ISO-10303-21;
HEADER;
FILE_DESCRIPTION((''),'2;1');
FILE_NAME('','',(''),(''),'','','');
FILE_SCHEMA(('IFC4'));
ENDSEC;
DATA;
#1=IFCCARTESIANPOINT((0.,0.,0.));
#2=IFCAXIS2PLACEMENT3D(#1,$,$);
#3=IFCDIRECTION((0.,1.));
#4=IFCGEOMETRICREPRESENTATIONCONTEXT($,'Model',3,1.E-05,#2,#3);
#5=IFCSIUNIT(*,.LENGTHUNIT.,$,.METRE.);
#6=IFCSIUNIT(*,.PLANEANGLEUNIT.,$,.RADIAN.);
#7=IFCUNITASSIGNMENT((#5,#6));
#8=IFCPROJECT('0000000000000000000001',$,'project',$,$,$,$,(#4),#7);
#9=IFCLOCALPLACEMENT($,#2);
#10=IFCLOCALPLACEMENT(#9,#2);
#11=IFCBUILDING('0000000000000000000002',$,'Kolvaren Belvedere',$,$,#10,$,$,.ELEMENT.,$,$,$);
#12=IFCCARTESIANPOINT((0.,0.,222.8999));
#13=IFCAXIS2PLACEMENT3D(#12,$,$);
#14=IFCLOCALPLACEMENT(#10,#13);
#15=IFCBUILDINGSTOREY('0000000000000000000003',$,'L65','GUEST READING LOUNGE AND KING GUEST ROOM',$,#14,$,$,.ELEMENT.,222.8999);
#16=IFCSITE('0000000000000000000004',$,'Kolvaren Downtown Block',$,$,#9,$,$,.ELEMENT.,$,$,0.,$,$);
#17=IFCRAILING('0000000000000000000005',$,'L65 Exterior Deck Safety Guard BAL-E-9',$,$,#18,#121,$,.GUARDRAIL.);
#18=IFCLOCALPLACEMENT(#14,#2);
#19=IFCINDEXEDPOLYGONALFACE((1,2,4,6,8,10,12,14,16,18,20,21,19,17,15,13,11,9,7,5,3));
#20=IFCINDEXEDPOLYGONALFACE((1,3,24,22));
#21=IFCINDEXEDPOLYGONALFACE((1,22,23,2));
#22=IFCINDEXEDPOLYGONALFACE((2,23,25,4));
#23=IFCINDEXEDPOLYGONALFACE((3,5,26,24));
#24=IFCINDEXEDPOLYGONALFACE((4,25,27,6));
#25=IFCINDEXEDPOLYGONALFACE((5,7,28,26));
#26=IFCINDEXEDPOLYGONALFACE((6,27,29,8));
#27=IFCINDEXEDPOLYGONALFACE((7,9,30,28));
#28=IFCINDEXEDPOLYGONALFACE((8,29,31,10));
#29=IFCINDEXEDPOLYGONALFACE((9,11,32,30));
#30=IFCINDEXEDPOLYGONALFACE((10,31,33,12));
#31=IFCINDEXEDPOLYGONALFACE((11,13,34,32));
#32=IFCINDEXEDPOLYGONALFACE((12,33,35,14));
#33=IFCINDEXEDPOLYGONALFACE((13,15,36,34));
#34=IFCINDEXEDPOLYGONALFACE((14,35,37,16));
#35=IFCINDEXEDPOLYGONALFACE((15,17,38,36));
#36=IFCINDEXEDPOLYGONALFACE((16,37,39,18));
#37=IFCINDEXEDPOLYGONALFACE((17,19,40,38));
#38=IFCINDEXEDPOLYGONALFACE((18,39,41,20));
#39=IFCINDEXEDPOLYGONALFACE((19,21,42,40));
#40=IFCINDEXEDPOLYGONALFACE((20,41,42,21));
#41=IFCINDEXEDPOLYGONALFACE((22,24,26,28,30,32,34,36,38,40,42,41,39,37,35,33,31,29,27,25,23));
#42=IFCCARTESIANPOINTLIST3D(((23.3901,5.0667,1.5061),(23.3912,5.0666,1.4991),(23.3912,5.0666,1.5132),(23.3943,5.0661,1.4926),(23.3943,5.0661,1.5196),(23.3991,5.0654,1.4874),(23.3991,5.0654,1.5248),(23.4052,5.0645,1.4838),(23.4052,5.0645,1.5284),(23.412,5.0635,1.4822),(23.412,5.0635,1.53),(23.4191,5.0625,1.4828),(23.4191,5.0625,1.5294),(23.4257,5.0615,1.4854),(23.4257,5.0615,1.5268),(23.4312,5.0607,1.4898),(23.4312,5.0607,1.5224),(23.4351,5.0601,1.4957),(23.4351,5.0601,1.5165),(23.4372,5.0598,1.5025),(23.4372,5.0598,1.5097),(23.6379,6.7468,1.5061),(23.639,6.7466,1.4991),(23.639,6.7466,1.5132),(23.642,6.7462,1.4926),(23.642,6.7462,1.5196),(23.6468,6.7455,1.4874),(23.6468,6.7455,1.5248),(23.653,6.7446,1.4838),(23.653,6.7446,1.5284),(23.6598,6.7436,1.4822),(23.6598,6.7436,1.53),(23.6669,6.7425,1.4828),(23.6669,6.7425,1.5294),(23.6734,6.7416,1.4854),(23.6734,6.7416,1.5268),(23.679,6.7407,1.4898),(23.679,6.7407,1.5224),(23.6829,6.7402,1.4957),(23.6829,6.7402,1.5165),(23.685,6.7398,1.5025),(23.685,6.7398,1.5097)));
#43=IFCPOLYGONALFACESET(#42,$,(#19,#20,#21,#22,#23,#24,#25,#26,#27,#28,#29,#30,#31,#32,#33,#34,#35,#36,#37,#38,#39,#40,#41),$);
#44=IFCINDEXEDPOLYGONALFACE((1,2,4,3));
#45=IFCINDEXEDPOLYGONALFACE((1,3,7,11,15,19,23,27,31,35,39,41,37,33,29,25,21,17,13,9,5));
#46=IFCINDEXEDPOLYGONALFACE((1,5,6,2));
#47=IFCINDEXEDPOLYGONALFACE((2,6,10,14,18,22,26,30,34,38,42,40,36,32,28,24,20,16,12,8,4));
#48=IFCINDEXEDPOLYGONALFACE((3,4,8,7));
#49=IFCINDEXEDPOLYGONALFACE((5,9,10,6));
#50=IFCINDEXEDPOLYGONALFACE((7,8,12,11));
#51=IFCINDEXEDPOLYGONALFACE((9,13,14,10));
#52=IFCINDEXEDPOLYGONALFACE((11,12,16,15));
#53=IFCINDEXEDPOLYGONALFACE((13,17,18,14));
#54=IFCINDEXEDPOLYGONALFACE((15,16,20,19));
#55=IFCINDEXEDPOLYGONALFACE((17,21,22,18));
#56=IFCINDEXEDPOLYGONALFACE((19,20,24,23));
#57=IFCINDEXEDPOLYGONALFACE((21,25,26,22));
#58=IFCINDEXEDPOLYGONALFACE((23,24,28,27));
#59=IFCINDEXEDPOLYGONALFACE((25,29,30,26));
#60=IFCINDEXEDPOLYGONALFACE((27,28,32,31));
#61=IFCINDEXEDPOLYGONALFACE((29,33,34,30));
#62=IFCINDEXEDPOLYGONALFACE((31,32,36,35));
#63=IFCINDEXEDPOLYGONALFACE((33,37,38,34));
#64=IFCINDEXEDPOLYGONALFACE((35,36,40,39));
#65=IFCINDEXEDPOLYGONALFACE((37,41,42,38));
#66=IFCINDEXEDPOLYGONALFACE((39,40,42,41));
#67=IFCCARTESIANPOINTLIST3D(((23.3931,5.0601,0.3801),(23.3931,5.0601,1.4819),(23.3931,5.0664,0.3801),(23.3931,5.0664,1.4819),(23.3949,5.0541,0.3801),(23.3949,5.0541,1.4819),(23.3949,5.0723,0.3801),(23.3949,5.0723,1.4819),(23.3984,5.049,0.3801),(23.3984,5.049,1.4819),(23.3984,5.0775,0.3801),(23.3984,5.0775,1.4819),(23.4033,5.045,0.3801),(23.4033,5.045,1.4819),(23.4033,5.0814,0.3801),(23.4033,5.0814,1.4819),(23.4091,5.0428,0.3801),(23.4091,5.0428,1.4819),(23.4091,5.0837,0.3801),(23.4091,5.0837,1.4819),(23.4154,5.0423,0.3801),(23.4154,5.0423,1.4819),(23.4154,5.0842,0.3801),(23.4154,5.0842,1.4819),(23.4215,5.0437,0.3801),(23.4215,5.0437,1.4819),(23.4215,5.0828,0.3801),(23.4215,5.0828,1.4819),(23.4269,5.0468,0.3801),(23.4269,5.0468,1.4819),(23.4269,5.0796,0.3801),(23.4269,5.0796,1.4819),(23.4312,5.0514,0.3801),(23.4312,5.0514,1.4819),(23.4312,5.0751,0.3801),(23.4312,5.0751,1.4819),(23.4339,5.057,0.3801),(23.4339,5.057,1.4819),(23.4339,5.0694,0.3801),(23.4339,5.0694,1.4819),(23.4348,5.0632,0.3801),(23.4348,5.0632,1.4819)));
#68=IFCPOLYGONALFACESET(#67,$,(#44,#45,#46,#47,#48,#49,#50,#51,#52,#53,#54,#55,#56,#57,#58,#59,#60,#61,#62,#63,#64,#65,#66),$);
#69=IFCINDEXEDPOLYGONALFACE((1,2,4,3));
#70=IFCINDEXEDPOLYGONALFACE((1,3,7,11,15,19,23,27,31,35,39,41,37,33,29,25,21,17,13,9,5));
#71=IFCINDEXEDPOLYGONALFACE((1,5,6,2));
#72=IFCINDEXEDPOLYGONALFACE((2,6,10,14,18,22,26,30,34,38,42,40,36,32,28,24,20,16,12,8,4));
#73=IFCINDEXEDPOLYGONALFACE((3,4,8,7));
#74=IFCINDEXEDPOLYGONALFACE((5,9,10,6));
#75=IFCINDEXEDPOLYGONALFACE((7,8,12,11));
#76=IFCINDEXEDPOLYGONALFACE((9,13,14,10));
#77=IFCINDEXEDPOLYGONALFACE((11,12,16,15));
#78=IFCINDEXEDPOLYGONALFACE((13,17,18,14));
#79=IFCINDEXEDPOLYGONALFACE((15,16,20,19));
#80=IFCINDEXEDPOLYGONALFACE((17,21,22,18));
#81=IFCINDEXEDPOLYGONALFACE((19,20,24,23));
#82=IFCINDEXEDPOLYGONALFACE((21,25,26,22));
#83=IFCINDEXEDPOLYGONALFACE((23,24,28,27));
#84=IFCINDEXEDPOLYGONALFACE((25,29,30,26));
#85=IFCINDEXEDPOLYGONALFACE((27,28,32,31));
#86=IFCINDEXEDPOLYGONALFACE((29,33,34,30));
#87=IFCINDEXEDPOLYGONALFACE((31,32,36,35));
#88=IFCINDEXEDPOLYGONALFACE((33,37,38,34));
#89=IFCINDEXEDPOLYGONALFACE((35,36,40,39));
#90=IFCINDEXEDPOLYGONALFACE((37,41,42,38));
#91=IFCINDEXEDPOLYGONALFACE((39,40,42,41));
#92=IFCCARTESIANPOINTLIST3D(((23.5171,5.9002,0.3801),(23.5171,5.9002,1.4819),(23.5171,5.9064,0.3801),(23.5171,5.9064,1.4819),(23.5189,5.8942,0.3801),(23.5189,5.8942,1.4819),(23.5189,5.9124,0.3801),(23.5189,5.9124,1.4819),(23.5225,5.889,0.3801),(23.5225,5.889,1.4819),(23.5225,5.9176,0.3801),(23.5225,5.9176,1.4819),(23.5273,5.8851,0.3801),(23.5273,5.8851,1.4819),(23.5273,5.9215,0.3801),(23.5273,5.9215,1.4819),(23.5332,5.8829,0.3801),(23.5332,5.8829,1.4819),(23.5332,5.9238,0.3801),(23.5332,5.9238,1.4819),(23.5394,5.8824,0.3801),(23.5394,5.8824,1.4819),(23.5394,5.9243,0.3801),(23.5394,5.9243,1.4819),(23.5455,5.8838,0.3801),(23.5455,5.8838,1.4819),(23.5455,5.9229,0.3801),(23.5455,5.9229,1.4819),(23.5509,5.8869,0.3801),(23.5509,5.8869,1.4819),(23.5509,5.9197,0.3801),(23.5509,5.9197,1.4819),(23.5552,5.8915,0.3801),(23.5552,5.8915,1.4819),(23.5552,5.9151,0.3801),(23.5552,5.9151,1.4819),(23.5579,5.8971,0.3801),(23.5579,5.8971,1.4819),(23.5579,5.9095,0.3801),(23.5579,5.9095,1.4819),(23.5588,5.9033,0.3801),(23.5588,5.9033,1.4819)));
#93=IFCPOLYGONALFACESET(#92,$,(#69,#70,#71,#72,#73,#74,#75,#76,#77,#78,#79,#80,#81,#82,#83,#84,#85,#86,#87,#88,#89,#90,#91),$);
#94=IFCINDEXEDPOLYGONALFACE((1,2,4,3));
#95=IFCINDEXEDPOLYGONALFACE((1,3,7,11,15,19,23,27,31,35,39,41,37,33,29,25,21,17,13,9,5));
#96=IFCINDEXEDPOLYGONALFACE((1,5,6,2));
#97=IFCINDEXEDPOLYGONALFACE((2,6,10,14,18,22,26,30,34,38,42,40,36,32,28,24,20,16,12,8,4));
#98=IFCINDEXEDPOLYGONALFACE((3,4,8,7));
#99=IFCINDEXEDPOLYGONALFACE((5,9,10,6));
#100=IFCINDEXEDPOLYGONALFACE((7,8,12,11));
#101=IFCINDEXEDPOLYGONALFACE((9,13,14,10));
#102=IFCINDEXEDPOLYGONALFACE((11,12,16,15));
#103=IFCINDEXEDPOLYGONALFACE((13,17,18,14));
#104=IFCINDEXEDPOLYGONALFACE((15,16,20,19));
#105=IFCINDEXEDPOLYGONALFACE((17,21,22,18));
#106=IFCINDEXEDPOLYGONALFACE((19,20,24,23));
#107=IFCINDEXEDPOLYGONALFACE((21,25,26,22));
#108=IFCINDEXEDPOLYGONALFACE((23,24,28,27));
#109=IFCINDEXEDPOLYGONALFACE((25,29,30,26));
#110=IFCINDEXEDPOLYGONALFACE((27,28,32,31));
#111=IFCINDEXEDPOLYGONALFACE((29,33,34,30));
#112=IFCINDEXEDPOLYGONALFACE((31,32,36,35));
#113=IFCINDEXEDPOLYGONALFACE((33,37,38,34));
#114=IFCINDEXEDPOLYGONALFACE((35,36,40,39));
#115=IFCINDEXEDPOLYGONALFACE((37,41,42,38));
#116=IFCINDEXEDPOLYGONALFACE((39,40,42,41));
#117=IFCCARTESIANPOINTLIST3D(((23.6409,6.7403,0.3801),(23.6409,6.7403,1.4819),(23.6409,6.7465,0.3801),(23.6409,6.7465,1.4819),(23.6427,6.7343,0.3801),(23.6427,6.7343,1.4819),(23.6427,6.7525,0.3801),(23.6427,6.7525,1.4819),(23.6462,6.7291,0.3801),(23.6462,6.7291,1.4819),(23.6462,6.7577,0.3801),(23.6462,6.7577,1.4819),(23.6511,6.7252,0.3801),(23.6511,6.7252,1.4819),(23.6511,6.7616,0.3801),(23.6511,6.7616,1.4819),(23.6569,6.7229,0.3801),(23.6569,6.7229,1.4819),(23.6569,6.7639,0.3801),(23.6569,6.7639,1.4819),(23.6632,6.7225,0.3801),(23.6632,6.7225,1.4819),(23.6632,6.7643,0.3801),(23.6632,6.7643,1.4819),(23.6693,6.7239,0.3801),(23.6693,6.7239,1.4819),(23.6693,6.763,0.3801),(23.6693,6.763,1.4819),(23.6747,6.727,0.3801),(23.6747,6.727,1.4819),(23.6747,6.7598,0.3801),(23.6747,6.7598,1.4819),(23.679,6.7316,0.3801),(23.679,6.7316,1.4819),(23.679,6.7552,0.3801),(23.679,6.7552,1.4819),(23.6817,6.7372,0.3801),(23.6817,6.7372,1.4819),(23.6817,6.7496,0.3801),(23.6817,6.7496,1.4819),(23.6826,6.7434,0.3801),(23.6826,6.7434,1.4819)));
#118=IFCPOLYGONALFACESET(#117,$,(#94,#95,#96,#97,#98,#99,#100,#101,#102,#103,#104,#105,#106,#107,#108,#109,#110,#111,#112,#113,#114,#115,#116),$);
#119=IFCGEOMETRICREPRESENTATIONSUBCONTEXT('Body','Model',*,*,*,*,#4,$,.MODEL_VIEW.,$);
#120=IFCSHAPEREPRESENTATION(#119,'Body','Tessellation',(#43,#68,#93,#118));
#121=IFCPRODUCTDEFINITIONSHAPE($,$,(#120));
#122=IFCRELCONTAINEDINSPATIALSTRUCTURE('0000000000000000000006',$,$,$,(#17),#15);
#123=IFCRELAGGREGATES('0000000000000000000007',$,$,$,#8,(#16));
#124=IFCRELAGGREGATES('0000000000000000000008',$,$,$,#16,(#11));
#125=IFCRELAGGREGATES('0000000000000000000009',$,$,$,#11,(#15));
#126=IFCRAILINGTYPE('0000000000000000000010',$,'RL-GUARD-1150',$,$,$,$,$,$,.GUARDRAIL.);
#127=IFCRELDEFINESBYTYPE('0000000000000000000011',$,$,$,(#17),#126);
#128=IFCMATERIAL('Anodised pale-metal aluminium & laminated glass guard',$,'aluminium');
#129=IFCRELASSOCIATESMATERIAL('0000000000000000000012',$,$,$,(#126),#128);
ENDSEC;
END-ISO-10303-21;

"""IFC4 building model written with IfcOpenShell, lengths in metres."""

from ifc_helpers import new_model, si_unit, direction, frame, origin, origin_2d, place, context, subcontext, project, spatial, circle, extrude, material, type_object, element, save


model = new_model("IFC4")

# Units and contexts
model_context = context("Model", 3, precision=1e-05, world=origin(), true_north=direction((0.0, 1.0)))
body_context = subcontext(model_context, "Body", "Model", "MODEL_VIEW")
ifc_project = project(units=[si_unit("LENGTHUNIT", "METRE"), si_unit("PLANEANGLEUNIT", "RADIAN")], contexts=[model_context])

# Site, building, storey
site_placement = place(None, origin())
site = spatial("IfcSite", under=ifc_project, at=site_placement, Name="Kolvaren Downtown Block", CompositionType="ELEMENT", RefElevation=0.0)
building_placement = place(site_placement, origin())
building = spatial("IfcBuilding", under=site, at=building_placement, Name="Kolvaren Belvedere", CompositionType="ELEMENT")
storey_placement = place(building_placement, frame((0.0, 0.0, 222.8999)))
storey = spatial("IfcBuildingStorey", under=building, at=storey_placement, Name="L65", Description="GUEST READING LOUNGE AND KING GUEST ROOM", CompositionType="ELEMENT", Elevation=222.8999)

# Railing
ifc_material_1 = material(Name="Anodised pale-metal aluminium & laminated glass guard", Category="aluminium")
railing_type = type_object("IfcRailingType", Name="RL-GUARD-1150", PredefinedType="GUARDRAIL", material=ifc_material_1)
railing_1_placement = place(storey_placement, frame((23.4138, 5.0632, 0.3801)))
element("IfcRailing", 1, at=railing_1_placement, inside=storey, type_object=railing_type, Name="L65 Exterior Deck Safety Guard BAL-E-9", PredefinedType="GUARDRAIL", context=body_context, shape_type="SweptSolid", body=[
    extrude(circle(Radius=0.0239, at=origin_2d()), frame((0.0, 0.0, 1.126), z_axis=(0.145908, 0.989298, 0.0), x_axis=(-0.989298, 0.145908, 0.0)), (0.0, 0.0, 1.0), 1.6982),
    extrude(circle(Radius=0.021, at=origin_2d()), origin(), (0.0, 0.0, 1.0), 1.1018),
    extrude(circle(Radius=0.021, at=origin_2d()), frame((0.124, 0.8401, 0.0)), (0.0, 0.0, 1.0), 1.1018),
    extrude(circle(Radius=0.021, at=origin_2d()), frame((0.2478, 1.6802, 0.0)), (0.0, 0.0, 1.0), 1.1018),
])

save(model, "model.ifc")
